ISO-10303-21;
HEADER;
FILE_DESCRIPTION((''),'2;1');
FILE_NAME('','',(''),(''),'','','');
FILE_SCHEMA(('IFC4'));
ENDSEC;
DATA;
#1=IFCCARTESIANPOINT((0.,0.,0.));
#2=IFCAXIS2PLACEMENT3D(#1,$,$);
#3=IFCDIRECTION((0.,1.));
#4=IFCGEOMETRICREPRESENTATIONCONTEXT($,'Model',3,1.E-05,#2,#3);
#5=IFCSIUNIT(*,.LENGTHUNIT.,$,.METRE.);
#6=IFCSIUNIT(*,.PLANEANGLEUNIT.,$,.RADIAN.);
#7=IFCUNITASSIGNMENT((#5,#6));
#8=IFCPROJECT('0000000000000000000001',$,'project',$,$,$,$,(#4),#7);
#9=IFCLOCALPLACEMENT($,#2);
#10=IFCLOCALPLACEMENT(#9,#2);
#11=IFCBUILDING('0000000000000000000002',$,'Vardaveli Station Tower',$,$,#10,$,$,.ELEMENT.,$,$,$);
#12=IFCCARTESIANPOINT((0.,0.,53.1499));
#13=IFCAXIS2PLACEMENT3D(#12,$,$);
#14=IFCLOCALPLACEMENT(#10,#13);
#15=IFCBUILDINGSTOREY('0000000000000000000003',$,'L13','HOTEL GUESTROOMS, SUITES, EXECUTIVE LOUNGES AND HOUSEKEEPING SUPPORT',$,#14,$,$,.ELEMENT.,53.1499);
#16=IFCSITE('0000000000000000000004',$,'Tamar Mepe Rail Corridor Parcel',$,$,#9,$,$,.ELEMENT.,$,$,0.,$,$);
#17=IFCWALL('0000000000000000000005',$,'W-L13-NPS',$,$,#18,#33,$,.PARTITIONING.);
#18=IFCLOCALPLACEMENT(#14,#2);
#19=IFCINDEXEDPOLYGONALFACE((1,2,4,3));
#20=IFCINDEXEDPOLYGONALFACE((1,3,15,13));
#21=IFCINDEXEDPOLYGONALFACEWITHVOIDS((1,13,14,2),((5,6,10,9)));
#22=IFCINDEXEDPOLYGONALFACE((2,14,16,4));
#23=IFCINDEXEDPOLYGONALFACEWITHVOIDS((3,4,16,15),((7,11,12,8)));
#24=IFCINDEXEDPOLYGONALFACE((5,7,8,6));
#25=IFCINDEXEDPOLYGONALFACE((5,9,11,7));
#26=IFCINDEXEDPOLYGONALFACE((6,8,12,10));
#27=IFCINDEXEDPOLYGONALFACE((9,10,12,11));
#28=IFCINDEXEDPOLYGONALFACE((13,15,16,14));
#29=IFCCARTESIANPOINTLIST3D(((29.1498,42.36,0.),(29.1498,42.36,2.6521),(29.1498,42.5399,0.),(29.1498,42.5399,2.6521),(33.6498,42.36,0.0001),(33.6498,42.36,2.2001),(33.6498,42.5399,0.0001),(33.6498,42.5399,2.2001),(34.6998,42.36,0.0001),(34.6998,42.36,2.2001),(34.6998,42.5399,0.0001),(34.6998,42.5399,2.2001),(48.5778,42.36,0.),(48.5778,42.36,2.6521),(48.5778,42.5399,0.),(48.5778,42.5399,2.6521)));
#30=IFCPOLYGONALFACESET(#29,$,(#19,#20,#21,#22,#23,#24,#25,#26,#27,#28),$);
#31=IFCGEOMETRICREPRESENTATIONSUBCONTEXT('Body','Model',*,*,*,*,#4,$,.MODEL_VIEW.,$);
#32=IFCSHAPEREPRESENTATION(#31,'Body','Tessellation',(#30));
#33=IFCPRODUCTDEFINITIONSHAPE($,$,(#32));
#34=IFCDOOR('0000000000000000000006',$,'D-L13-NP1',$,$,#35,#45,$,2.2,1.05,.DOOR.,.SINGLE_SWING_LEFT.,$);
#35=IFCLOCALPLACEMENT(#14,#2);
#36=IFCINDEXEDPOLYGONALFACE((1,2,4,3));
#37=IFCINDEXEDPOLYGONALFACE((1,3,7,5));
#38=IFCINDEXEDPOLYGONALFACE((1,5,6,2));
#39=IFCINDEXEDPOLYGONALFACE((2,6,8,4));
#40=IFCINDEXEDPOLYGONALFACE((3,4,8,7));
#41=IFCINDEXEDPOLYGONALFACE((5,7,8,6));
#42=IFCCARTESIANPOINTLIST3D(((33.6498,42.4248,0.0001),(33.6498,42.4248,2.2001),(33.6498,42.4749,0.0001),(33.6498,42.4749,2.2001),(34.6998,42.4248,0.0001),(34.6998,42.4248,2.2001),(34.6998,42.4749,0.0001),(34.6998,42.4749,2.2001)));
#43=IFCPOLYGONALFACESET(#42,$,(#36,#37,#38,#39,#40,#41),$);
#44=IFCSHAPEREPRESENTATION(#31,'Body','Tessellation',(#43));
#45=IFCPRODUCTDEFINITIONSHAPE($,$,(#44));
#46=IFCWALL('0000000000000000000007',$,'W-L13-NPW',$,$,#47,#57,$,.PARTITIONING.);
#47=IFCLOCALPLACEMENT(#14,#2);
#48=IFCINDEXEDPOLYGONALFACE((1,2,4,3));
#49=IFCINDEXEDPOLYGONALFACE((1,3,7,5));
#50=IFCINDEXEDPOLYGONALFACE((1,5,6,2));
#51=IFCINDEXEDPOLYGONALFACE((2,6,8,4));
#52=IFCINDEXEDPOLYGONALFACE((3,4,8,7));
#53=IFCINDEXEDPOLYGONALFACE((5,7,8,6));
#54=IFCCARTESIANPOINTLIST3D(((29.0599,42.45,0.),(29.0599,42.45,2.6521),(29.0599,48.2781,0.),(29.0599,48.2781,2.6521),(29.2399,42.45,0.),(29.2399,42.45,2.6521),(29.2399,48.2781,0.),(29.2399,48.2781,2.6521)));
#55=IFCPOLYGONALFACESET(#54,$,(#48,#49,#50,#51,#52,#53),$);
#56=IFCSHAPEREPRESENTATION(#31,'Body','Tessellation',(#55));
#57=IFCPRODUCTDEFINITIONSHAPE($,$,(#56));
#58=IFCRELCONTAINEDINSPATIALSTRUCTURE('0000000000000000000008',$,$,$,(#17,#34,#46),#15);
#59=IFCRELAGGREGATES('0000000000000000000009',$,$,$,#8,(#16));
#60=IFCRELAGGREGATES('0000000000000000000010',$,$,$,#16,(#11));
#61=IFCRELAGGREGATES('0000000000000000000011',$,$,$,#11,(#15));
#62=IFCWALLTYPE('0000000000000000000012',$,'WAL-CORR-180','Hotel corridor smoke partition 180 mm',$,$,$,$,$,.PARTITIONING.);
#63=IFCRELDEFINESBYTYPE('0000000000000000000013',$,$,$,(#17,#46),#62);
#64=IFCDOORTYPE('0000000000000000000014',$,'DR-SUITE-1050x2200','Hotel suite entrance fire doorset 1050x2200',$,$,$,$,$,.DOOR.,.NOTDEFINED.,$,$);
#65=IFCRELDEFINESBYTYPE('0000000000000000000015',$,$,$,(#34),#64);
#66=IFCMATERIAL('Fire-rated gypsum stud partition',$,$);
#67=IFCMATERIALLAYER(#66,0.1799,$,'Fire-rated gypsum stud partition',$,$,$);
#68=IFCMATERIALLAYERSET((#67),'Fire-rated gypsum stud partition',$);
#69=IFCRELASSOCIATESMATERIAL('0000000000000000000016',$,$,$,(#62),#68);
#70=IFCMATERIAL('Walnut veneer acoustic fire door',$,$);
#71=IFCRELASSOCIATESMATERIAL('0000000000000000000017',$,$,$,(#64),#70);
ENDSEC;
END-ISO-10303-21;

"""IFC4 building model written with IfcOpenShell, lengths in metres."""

from ifc_helpers import new_model, si_unit, direction, frame, frame_2d, origin, place, context, subcontext, project, spatial, rectangle, extrude, source, transform, mapped, material, layer, layer_set, type_object, element, fill, save


model = new_model("IFC4")

# Units and contexts
model_context = context("Model", 3, precision=1e-05, world=origin(), true_north=direction((0.0, 1.0)))
body_context = subcontext(model_context, "Body", "Model", "MODEL_VIEW")
ifc_project = project(units=[si_unit("LENGTHUNIT", "METRE"), si_unit("PLANEANGLEUNIT", "RADIAN")], contexts=[model_context])

# Site, building, storey
site_placement = place(None, origin())
site = spatial("IfcSite", under=ifc_project, at=site_placement, Name="Tamar Mepe Rail Corridor Parcel", CompositionType="ELEMENT", RefElevation=0.0)
building_placement = place(site_placement, origin())
building = spatial("IfcBuilding", under=site, at=building_placement, Name="Vardaveli Station Tower", CompositionType="ELEMENT")
storey_placement = place(building_placement, frame((0.0, 0.0, 53.1499)))
storey = spatial("IfcBuildingStorey", under=building, at=storey_placement, Name="L13", Description="HOTEL GUESTROOMS, SUITES, EXECUTIVE LOUNGES AND HOUSEKEEPING SUPPORT", CompositionType="ELEMENT", Elevation=53.1499)

# Wall, opening, door
ifc_material_1 = material(Name="Fire-rated gypsum stud partition")
ifc_layer_1 = layer(ifc_material_1, 0.1799, Name="Fire-rated gypsum stud partition")
ifc_layer_set_1 = layer_set([ifc_layer_1], Name="Fire-rated gypsum stud partition")
wall_type_1 = type_object("IfcWallType", Name="WAL-CORR-180", Description="Hotel corridor smoke partition 180 mm", PredefinedType="PARTITIONING", material=ifc_layer_set_1)
shared_shape_1 = source(origin(), body_context, "Body", "SweptSolid", [
    extrude(rectangle(XDim=19.428, YDim=0.1799, at=frame_2d((9.7139, 0.0))), origin(), (0.0, 0.0, 1.0), 2.6521),
])
wall_1_placement = place(storey_placement, frame((29.1499, 42.45, 0.0), z_axis=(0.0, 0.0, 1.0), x_axis=(1.0, 0.0, 0.0)))
wall_1 = element("IfcWall", 1, at=wall_1_placement, inside=storey, type_object=wall_type_1, Name="W-L13-NPS", PredefinedType="PARTITIONING", context=body_context, shape_type="MappedRepresentation", body=[
    mapped(shared_shape_1, transform((0.0, 0.0, 0.0), scale=1.0)),
])
shared_shape_2 = source(origin(), body_context, "Body", "SweptSolid", [
    extrude(rectangle(XDim=1.05, YDim=2.2, at=frame_2d((0.5249, 1.1001))), frame((0.0, 0.1001, 0.0), z_axis=(0.0, -1.0, 0.0), x_axis=(1.0, 0.0, 0.0)), (0.0, 0.0, 1.0), 0.2),
])
opening_1_placement = place(wall_1_placement, frame((4.5, 0.0, 0.0)))
opening_1 = element("IfcOpeningElement", 2, at=opening_1_placement, cuts=wall_1, PredefinedType="OPENING", context=body_context, shape_type="MappedRepresentation", body=[
    mapped(shared_shape_2, transform((0.0, 0.0, 0.0), scale=1.0)),
])
ifc_material_2 = material(Name="Walnut veneer acoustic fire door")
door_type_1 = type_object("IfcDoorType", Name="DR-SUITE-1050x2200", Description="Hotel suite entrance fire doorset 1050x2200", OperationType="NOTDEFINED", PredefinedType="DOOR", material=ifc_material_2)
shared_shape_3 = source(origin(), body_context, "Body", "SweptSolid", [
    extrude(rectangle(XDim=1.05, YDim=2.2, at=frame_2d((0.5249, 1.1001))), frame((0.0, 0.0249, 0.0), z_axis=(0.0, -1.0, 0.0), x_axis=(1.0, 0.0, 0.0)), (0.0, 0.0, 1.0), 0.05),
])
door_1_placement = place(opening_1_placement, origin())
door_1 = element("IfcDoor", 3, at=door_1_placement, inside=storey, type_object=door_type_1, Name="D-L13-NP1", OperationType="SINGLE_SWING_LEFT", OverallHeight=2.2, OverallWidth=1.05, PredefinedType="DOOR", context=body_context, shape_type="MappedRepresentation", body=[
    mapped(shared_shape_3, transform((0.0, 0.0, 0.0), scale=1.0)),
])
fill(opening_1, door_1)

# Wall
shared_shape_4 = source(origin(), body_context, "Body", "SweptSolid", [
    extrude(rectangle(XDim=5.8281, YDim=0.1799, at=frame_2d((2.9141, 0.0))), origin(), (0.0, 0.0, 1.0), 2.6521),
])
wall_2_placement = place(storey_placement, frame((29.1499, 42.45, 0.0), z_axis=(0.0, 0.0, 1.0), x_axis=(0.0, 1.0, 0.0)))
element("IfcWall", 4, at=wall_2_placement, inside=storey, type_object=wall_type_1, Name="W-L13-NPW", PredefinedType="PARTITIONING", context=body_context, shape_type="MappedRepresentation", body=[
    mapped(shared_shape_4, transform((0.0, 0.0, 0.0), scale=1.0)),
])

save(model, "model.ifc")
